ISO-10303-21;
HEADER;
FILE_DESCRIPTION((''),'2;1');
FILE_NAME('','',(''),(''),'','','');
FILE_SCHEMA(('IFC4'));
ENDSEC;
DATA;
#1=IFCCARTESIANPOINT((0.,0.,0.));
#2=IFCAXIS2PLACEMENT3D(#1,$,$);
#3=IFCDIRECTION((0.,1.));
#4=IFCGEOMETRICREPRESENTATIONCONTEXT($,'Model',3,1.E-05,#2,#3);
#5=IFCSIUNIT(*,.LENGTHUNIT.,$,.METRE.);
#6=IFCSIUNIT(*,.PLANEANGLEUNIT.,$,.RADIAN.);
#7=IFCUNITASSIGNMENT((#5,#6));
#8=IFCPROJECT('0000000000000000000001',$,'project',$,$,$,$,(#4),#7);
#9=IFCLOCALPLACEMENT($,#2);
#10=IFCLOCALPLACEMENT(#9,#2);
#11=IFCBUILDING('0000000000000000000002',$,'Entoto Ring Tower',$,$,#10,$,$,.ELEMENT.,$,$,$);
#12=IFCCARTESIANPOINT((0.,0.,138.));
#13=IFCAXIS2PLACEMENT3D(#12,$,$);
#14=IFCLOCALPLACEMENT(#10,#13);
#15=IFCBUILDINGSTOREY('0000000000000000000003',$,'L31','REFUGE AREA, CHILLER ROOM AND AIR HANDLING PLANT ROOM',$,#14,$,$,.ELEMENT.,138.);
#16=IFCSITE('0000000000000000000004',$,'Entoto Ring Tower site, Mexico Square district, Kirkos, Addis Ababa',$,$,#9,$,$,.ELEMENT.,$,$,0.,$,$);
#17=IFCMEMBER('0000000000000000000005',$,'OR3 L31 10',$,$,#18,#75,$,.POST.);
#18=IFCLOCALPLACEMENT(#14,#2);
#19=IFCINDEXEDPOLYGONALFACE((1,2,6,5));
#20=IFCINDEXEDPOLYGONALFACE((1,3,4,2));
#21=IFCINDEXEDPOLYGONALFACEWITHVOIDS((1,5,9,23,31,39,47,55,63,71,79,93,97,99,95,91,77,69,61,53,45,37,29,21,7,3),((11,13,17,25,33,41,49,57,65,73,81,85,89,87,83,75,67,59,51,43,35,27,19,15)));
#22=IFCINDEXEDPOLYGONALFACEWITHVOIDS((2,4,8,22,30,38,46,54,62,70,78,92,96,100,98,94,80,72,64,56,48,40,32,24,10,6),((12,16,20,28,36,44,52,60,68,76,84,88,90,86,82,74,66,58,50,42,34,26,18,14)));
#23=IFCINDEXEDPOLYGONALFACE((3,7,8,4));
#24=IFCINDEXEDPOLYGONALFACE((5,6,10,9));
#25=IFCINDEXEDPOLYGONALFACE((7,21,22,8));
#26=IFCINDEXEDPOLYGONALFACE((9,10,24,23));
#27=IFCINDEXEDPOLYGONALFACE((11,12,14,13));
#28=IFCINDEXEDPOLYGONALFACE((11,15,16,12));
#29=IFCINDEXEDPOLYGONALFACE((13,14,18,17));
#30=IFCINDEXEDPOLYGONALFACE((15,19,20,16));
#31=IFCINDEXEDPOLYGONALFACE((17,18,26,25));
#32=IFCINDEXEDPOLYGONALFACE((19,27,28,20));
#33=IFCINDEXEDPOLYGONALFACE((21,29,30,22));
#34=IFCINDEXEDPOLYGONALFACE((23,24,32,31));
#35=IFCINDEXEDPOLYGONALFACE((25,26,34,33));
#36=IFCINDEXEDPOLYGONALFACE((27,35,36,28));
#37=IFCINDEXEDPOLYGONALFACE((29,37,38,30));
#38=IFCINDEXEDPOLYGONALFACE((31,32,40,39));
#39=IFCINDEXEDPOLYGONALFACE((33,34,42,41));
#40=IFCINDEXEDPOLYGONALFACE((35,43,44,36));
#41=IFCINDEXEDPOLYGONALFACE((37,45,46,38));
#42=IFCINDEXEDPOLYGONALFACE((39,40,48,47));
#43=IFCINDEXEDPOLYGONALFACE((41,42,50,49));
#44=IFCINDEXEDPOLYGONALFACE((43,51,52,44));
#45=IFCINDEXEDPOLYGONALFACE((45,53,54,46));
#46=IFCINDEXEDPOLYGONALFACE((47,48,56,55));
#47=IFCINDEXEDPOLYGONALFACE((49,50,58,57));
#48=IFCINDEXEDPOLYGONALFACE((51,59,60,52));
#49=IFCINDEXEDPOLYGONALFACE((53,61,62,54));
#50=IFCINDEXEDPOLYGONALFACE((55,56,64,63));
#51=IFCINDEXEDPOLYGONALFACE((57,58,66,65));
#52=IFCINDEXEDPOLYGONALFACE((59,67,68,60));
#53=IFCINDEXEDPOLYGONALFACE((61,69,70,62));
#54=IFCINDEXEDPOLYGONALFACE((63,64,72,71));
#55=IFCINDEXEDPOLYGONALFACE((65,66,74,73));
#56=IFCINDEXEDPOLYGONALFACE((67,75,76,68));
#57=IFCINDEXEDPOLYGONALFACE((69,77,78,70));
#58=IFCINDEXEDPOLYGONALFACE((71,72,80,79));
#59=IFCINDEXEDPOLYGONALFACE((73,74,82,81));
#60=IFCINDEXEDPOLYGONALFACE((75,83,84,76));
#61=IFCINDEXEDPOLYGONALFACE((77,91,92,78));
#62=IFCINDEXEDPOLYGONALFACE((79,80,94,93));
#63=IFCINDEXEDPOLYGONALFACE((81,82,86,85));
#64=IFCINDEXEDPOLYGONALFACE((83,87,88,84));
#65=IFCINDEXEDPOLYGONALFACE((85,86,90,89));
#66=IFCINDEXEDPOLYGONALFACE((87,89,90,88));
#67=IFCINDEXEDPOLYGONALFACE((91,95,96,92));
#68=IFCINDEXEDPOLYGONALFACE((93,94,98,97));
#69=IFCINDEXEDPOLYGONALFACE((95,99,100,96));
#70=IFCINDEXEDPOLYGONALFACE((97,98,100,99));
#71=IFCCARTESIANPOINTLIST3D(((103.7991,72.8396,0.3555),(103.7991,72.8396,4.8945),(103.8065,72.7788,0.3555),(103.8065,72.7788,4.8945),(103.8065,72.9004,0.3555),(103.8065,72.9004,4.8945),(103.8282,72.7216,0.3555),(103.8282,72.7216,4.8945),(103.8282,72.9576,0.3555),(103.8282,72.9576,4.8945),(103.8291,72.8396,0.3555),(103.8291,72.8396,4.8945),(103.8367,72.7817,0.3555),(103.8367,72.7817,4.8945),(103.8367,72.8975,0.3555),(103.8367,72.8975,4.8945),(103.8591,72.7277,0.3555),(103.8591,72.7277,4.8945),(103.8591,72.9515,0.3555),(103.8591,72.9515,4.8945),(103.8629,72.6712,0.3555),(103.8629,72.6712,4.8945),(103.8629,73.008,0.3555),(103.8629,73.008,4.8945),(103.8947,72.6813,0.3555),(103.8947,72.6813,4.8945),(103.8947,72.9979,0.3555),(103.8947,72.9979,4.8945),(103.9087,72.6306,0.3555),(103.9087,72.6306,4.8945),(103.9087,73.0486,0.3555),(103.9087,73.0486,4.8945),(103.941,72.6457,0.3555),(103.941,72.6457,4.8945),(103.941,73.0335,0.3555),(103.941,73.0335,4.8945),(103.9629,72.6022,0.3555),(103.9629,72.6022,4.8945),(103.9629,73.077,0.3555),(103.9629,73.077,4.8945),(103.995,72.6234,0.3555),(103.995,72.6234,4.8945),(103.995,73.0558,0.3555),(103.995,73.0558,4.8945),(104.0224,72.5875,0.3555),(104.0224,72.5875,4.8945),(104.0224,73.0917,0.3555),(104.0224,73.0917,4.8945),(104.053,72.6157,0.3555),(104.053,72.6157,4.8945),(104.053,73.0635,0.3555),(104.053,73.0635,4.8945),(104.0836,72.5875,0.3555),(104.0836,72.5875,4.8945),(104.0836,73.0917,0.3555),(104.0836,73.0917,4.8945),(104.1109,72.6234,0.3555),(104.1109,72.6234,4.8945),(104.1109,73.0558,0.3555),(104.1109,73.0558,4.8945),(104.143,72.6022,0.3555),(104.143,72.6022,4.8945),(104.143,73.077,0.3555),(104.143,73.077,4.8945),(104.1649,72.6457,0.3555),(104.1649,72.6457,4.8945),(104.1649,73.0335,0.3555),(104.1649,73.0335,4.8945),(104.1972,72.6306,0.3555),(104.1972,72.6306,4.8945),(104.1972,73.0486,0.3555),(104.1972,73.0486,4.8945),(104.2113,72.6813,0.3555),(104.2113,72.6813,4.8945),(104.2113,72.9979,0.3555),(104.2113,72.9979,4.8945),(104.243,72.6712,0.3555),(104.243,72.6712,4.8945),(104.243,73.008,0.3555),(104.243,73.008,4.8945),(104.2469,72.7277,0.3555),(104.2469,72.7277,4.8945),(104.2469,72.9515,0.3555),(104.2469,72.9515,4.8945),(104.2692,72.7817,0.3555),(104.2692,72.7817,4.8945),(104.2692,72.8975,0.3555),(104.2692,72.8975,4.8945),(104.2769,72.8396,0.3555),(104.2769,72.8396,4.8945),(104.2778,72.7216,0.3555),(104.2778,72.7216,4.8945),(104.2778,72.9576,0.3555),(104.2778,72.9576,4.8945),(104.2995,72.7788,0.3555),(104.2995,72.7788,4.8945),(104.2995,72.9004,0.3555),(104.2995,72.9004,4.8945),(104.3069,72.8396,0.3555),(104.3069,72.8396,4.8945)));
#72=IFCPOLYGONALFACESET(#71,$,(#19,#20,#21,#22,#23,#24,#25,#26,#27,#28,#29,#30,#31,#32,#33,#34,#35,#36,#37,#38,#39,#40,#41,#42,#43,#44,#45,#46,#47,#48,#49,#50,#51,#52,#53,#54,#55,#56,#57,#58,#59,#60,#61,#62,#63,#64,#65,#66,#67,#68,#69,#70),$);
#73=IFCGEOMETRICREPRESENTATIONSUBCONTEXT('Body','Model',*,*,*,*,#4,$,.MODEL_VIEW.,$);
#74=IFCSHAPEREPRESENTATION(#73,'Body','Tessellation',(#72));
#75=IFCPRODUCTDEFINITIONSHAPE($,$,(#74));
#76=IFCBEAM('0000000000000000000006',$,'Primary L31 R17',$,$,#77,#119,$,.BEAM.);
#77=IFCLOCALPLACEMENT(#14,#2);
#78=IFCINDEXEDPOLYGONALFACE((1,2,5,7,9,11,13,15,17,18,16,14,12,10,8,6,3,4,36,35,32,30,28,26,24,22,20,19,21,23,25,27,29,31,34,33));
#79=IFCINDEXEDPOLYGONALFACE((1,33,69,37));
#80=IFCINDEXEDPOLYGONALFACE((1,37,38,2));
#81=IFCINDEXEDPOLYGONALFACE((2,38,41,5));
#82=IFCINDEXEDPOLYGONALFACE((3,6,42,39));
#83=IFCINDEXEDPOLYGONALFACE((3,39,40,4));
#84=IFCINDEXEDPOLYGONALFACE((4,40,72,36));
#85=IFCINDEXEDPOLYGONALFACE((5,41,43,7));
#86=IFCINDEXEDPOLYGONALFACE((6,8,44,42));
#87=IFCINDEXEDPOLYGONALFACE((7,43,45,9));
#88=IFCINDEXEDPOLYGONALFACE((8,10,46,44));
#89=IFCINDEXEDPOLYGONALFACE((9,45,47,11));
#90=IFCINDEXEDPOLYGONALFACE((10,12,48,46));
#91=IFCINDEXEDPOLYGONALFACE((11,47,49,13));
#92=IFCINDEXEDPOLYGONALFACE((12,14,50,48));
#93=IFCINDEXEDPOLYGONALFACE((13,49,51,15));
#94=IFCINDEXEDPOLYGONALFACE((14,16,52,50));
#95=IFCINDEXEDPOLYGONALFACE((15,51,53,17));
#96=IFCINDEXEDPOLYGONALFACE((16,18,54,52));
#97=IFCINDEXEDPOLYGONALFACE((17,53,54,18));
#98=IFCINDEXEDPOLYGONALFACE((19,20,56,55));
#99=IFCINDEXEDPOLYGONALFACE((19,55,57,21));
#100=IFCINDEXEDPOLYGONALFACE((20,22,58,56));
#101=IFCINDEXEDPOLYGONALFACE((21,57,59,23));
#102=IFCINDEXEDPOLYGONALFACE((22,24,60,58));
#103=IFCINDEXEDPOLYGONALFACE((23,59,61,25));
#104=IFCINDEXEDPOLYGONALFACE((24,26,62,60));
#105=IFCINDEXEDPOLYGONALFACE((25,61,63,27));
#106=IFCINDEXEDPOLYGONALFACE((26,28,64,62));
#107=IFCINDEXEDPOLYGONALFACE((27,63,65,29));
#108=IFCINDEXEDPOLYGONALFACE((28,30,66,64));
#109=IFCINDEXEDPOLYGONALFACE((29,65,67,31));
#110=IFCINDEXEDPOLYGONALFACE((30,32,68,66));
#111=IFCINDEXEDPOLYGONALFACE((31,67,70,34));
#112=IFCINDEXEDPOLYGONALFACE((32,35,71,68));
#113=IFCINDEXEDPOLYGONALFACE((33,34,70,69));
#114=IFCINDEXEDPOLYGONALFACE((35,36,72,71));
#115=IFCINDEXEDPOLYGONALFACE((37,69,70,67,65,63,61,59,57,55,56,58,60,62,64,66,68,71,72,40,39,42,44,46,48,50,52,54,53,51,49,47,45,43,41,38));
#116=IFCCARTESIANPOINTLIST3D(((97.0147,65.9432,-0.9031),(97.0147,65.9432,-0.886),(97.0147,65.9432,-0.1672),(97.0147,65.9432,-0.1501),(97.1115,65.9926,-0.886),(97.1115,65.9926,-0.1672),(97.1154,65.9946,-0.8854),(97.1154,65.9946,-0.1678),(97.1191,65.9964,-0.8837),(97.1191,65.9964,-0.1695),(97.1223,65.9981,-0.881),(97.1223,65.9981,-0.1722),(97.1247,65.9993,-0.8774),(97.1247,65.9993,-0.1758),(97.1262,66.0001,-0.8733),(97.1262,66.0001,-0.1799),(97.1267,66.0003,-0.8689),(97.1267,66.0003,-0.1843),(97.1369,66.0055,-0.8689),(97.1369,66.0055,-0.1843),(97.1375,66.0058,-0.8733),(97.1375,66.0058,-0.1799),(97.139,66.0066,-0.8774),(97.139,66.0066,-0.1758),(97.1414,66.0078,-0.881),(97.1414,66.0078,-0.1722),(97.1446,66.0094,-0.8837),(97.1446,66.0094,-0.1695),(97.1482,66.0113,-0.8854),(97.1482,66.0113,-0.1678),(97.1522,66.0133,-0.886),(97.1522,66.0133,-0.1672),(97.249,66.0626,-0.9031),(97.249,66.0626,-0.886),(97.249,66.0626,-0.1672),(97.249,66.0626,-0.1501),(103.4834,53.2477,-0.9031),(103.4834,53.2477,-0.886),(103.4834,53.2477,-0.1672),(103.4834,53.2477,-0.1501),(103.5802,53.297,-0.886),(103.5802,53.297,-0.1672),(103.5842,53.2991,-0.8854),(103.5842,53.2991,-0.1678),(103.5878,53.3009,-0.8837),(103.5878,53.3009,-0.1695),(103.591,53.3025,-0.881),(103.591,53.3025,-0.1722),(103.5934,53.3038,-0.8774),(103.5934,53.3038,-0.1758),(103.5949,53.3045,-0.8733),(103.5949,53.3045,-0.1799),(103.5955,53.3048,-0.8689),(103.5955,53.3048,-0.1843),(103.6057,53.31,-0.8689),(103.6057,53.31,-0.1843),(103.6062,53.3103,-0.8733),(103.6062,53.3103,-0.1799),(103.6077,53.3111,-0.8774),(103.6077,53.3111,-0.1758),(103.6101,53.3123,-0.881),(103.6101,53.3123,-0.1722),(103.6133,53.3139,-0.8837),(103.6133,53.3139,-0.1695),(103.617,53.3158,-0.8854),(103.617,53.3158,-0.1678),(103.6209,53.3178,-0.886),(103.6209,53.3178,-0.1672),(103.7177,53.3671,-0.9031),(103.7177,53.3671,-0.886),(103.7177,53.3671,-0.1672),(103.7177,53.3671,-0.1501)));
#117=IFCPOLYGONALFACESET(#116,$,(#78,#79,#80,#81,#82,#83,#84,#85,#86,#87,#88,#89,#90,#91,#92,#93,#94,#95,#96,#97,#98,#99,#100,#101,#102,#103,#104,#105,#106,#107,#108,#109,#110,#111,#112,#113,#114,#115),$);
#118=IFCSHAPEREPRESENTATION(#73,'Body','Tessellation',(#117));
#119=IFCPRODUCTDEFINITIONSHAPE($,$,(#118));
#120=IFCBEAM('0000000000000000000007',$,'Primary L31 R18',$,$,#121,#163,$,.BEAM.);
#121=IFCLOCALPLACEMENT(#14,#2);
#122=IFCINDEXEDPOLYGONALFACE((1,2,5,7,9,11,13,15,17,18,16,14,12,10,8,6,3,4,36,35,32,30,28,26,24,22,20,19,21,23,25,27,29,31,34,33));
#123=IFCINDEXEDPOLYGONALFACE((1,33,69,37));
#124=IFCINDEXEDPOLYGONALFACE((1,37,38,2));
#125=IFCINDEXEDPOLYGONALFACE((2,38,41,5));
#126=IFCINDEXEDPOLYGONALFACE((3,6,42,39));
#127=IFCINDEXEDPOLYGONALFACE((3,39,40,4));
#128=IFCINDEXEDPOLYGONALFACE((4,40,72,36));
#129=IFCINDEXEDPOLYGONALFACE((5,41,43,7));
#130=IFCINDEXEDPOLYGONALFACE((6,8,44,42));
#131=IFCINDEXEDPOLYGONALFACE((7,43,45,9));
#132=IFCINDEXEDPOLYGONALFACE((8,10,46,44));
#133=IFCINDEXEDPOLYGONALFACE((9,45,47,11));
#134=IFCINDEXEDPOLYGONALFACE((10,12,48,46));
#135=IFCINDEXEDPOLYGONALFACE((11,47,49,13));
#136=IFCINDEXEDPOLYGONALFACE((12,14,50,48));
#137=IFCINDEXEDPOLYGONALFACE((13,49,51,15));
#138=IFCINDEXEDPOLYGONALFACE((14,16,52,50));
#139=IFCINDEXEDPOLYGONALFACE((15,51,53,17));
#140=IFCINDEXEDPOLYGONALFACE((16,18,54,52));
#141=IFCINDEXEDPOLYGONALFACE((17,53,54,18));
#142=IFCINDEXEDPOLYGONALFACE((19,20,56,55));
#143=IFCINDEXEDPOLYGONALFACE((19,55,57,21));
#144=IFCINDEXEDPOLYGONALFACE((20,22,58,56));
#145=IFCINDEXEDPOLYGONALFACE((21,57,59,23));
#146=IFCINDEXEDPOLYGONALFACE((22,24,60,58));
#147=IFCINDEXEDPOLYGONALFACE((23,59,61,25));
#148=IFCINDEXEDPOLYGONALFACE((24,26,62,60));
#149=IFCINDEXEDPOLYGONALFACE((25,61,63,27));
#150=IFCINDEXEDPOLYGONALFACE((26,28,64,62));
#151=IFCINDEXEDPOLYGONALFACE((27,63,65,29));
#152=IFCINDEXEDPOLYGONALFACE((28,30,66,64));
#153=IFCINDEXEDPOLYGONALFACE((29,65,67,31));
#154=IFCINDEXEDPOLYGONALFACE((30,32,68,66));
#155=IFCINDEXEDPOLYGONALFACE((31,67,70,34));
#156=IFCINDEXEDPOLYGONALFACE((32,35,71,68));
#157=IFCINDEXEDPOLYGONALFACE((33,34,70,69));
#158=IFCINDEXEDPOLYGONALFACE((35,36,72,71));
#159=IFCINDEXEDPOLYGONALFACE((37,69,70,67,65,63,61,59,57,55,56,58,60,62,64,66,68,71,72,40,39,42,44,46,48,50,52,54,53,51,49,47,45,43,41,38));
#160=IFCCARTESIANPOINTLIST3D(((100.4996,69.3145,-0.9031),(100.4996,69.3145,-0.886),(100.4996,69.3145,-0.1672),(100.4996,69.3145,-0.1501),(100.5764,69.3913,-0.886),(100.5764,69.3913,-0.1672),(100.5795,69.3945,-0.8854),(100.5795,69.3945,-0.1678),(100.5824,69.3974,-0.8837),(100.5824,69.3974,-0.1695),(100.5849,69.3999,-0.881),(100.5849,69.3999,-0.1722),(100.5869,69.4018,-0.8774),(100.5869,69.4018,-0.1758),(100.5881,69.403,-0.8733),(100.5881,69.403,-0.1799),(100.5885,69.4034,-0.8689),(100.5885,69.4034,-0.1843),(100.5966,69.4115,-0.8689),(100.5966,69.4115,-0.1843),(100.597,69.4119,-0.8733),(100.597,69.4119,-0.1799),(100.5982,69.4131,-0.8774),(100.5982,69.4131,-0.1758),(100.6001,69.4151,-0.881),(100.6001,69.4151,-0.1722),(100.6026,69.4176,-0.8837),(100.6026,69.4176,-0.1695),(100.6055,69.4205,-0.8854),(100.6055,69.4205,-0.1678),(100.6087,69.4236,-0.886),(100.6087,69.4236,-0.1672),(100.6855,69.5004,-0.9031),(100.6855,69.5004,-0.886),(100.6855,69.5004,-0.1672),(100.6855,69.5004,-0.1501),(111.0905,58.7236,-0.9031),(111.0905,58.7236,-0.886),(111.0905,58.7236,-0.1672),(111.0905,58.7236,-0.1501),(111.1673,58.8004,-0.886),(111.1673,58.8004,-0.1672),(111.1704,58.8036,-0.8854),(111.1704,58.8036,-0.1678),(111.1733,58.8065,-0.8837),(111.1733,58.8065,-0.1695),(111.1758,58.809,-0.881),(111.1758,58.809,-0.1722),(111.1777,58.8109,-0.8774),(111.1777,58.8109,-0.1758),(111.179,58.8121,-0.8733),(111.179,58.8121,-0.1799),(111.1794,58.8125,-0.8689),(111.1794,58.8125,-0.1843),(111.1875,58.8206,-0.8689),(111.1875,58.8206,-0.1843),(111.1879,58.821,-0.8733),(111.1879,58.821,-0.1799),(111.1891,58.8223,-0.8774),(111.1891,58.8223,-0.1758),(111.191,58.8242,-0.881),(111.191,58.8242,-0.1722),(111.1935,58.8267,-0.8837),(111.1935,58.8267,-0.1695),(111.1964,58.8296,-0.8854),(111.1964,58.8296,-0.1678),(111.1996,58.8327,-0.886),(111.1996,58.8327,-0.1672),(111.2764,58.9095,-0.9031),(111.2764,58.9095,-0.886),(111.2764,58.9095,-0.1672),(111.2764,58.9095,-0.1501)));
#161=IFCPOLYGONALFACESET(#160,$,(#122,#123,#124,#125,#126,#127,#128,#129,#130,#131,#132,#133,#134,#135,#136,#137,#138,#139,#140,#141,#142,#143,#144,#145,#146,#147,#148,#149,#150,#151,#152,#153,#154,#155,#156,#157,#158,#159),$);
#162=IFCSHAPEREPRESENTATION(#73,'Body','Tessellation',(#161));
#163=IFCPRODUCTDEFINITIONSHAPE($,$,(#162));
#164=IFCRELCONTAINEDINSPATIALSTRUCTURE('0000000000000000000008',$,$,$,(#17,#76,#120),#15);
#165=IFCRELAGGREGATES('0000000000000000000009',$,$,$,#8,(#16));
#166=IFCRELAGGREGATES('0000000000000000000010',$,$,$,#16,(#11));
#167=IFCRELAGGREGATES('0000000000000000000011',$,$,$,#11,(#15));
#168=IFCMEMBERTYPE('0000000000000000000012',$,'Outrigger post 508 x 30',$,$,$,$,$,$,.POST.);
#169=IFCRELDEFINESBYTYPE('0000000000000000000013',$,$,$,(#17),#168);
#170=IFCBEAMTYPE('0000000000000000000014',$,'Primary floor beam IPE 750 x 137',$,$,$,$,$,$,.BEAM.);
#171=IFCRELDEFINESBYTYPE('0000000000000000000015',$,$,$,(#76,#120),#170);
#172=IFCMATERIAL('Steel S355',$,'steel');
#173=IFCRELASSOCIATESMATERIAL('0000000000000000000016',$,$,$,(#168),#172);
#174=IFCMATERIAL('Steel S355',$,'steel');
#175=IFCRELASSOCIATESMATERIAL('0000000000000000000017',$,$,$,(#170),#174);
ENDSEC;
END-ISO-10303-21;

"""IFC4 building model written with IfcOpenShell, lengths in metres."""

from ifc_helpers import new_model, si_unit, direction, frame, origin, origin_2d, place, context, subcontext, project, spatial, circle, hollow_circle, i_section, extrude, material, material_profile, profile_set, type_object, element, save


model = new_model("IFC4")

# Units and contexts
model_context = context("Model", 3, precision=1e-05, world=origin(), true_north=direction((0.0, 1.0)))
body_context = subcontext(model_context, "Body", "Model", "MODEL_VIEW")
ifc_project = project(units=[si_unit("LENGTHUNIT", "METRE"), si_unit("PLANEANGLEUNIT", "RADIAN")], contexts=[model_context])

# Site, building, storey
site_placement = place(None, origin())
site = spatial("IfcSite", under=ifc_project, at=site_placement, Name="Entoto Ring Tower site, Mexico Square district, Kirkos, Addis Ababa", CompositionType="ELEMENT", RefElevation=0.0)
building_placement = place(site_placement, origin())
building = spatial("IfcBuilding", under=site, at=building_placement, Name="Entoto Ring Tower", CompositionType="ELEMENT")
storey_placement = place(building_placement, frame((0.0, 0.0, 138.0)))
storey = spatial("IfcBuildingStorey", under=building, at=storey_placement, Name="L31", Description="REFUGE AREA, CHILLER ROOM AND AIR HANDLING PLANT ROOM", CompositionType="ELEMENT", Elevation=138.0)

# Member
ifc_material_1 = material(Name="Steel S355", Category="steel")
ifc_material_profile_1 = material_profile(ifc_material_1, hollow_circle(Radius=0.2539, WallThickness=0.03, at=origin_2d()), Name="CHS 508 x 30")
ifc_material_2 = material(Name="Concrete C60/75", Category="concrete")
ifc_material_profile_2 = material_profile(ifc_material_2, circle(Radius=0.2241, at=origin_2d()), Name="Concrete C60/75 infill")
ifc_profile_set_1 = profile_set([ifc_material_profile_1, ifc_material_profile_2], Name="Steel S355")
member_type_1 = type_object("IfcMemberType", Name="Outrigger post 508 x 30", PredefinedType="POST", material=ifc_profile_set_1)
for number, where, z_axis, x_axis, name in (
    (1, (104.053, 72.8396, 0.3555), (0.0, 0.0, 1.0), (1.0, 0.0, 0.0), "OR3 L31 10"),
):
    element("IfcMember", number, at=place(storey_placement, frame(where, z_axis=z_axis, x_axis=x_axis)), inside=storey, type_object=member_type_1, Name=name, PredefinedType="POST", context=body_context, shape_type="SweptSolid", body=[
        extrude(hollow_circle(Radius=0.2539, WallThickness=0.03, at=origin_2d()), origin(), (0.0, 0.0, 1.0), 4.5391),
    ])

# Beams
ifc_material_3 = material(Name="Steel S355", Category="steel")
ifc_material_profile_3 = material_profile(ifc_material_3, i_section(OverallWidth=0.2629, OverallDepth=0.7529, WebThickness=0.0115, FlangeThickness=0.0171, FilletRadius=0.0171, at=origin_2d()), Name="IPE 750 x 137")
ifc_profile_set_2 = profile_set([ifc_material_profile_3], Name="Steel S355")
beam_type_1 = type_object("IfcBeamType", Name="Primary floor beam IPE 750 x 137", PredefinedType="BEAM", material=ifc_profile_set_2)
beam_1_placement = place(storey_placement, frame((97.1318, 66.0029, -0.5266), z_axis=(0.453993, -0.891005, 0.0), x_axis=(0.891005, 0.453993, 0.0)))
element("IfcBeam", 2, at=beam_1_placement, inside=storey, type_object=beam_type_1, Name="Primary L31 R17", PredefinedType="BEAM", context=body_context, shape_type="SweptSolid", body=[
    extrude(i_section(OverallWidth=0.2629, OverallDepth=0.7529, WebThickness=0.0115, FlangeThickness=0.0171, FilletRadius=0.0171, at=origin_2d()), origin(), (0.0, 0.0, 1.0), 14.2485),
])
beam_2_placement = place(storey_placement, frame((100.5925, 69.4075, -0.5266), z_axis=(0.707107, -0.707107, 0.0), x_axis=(0.707107, 0.707107, 0.0)))
element("IfcBeam", 3, at=beam_2_placement, inside=storey, type_object=beam_type_1, Name="Primary L31 R18", PredefinedType="BEAM", context=body_context, shape_type="SweptSolid", body=[
    extrude(i_section(OverallWidth=0.2629, OverallDepth=0.7529, WebThickness=0.0115, FlangeThickness=0.0171, FilletRadius=0.0171, at=origin_2d()), origin(), (0.0, 0.0, 1.0), 14.9778),
])

save(model, "model.ifc")
